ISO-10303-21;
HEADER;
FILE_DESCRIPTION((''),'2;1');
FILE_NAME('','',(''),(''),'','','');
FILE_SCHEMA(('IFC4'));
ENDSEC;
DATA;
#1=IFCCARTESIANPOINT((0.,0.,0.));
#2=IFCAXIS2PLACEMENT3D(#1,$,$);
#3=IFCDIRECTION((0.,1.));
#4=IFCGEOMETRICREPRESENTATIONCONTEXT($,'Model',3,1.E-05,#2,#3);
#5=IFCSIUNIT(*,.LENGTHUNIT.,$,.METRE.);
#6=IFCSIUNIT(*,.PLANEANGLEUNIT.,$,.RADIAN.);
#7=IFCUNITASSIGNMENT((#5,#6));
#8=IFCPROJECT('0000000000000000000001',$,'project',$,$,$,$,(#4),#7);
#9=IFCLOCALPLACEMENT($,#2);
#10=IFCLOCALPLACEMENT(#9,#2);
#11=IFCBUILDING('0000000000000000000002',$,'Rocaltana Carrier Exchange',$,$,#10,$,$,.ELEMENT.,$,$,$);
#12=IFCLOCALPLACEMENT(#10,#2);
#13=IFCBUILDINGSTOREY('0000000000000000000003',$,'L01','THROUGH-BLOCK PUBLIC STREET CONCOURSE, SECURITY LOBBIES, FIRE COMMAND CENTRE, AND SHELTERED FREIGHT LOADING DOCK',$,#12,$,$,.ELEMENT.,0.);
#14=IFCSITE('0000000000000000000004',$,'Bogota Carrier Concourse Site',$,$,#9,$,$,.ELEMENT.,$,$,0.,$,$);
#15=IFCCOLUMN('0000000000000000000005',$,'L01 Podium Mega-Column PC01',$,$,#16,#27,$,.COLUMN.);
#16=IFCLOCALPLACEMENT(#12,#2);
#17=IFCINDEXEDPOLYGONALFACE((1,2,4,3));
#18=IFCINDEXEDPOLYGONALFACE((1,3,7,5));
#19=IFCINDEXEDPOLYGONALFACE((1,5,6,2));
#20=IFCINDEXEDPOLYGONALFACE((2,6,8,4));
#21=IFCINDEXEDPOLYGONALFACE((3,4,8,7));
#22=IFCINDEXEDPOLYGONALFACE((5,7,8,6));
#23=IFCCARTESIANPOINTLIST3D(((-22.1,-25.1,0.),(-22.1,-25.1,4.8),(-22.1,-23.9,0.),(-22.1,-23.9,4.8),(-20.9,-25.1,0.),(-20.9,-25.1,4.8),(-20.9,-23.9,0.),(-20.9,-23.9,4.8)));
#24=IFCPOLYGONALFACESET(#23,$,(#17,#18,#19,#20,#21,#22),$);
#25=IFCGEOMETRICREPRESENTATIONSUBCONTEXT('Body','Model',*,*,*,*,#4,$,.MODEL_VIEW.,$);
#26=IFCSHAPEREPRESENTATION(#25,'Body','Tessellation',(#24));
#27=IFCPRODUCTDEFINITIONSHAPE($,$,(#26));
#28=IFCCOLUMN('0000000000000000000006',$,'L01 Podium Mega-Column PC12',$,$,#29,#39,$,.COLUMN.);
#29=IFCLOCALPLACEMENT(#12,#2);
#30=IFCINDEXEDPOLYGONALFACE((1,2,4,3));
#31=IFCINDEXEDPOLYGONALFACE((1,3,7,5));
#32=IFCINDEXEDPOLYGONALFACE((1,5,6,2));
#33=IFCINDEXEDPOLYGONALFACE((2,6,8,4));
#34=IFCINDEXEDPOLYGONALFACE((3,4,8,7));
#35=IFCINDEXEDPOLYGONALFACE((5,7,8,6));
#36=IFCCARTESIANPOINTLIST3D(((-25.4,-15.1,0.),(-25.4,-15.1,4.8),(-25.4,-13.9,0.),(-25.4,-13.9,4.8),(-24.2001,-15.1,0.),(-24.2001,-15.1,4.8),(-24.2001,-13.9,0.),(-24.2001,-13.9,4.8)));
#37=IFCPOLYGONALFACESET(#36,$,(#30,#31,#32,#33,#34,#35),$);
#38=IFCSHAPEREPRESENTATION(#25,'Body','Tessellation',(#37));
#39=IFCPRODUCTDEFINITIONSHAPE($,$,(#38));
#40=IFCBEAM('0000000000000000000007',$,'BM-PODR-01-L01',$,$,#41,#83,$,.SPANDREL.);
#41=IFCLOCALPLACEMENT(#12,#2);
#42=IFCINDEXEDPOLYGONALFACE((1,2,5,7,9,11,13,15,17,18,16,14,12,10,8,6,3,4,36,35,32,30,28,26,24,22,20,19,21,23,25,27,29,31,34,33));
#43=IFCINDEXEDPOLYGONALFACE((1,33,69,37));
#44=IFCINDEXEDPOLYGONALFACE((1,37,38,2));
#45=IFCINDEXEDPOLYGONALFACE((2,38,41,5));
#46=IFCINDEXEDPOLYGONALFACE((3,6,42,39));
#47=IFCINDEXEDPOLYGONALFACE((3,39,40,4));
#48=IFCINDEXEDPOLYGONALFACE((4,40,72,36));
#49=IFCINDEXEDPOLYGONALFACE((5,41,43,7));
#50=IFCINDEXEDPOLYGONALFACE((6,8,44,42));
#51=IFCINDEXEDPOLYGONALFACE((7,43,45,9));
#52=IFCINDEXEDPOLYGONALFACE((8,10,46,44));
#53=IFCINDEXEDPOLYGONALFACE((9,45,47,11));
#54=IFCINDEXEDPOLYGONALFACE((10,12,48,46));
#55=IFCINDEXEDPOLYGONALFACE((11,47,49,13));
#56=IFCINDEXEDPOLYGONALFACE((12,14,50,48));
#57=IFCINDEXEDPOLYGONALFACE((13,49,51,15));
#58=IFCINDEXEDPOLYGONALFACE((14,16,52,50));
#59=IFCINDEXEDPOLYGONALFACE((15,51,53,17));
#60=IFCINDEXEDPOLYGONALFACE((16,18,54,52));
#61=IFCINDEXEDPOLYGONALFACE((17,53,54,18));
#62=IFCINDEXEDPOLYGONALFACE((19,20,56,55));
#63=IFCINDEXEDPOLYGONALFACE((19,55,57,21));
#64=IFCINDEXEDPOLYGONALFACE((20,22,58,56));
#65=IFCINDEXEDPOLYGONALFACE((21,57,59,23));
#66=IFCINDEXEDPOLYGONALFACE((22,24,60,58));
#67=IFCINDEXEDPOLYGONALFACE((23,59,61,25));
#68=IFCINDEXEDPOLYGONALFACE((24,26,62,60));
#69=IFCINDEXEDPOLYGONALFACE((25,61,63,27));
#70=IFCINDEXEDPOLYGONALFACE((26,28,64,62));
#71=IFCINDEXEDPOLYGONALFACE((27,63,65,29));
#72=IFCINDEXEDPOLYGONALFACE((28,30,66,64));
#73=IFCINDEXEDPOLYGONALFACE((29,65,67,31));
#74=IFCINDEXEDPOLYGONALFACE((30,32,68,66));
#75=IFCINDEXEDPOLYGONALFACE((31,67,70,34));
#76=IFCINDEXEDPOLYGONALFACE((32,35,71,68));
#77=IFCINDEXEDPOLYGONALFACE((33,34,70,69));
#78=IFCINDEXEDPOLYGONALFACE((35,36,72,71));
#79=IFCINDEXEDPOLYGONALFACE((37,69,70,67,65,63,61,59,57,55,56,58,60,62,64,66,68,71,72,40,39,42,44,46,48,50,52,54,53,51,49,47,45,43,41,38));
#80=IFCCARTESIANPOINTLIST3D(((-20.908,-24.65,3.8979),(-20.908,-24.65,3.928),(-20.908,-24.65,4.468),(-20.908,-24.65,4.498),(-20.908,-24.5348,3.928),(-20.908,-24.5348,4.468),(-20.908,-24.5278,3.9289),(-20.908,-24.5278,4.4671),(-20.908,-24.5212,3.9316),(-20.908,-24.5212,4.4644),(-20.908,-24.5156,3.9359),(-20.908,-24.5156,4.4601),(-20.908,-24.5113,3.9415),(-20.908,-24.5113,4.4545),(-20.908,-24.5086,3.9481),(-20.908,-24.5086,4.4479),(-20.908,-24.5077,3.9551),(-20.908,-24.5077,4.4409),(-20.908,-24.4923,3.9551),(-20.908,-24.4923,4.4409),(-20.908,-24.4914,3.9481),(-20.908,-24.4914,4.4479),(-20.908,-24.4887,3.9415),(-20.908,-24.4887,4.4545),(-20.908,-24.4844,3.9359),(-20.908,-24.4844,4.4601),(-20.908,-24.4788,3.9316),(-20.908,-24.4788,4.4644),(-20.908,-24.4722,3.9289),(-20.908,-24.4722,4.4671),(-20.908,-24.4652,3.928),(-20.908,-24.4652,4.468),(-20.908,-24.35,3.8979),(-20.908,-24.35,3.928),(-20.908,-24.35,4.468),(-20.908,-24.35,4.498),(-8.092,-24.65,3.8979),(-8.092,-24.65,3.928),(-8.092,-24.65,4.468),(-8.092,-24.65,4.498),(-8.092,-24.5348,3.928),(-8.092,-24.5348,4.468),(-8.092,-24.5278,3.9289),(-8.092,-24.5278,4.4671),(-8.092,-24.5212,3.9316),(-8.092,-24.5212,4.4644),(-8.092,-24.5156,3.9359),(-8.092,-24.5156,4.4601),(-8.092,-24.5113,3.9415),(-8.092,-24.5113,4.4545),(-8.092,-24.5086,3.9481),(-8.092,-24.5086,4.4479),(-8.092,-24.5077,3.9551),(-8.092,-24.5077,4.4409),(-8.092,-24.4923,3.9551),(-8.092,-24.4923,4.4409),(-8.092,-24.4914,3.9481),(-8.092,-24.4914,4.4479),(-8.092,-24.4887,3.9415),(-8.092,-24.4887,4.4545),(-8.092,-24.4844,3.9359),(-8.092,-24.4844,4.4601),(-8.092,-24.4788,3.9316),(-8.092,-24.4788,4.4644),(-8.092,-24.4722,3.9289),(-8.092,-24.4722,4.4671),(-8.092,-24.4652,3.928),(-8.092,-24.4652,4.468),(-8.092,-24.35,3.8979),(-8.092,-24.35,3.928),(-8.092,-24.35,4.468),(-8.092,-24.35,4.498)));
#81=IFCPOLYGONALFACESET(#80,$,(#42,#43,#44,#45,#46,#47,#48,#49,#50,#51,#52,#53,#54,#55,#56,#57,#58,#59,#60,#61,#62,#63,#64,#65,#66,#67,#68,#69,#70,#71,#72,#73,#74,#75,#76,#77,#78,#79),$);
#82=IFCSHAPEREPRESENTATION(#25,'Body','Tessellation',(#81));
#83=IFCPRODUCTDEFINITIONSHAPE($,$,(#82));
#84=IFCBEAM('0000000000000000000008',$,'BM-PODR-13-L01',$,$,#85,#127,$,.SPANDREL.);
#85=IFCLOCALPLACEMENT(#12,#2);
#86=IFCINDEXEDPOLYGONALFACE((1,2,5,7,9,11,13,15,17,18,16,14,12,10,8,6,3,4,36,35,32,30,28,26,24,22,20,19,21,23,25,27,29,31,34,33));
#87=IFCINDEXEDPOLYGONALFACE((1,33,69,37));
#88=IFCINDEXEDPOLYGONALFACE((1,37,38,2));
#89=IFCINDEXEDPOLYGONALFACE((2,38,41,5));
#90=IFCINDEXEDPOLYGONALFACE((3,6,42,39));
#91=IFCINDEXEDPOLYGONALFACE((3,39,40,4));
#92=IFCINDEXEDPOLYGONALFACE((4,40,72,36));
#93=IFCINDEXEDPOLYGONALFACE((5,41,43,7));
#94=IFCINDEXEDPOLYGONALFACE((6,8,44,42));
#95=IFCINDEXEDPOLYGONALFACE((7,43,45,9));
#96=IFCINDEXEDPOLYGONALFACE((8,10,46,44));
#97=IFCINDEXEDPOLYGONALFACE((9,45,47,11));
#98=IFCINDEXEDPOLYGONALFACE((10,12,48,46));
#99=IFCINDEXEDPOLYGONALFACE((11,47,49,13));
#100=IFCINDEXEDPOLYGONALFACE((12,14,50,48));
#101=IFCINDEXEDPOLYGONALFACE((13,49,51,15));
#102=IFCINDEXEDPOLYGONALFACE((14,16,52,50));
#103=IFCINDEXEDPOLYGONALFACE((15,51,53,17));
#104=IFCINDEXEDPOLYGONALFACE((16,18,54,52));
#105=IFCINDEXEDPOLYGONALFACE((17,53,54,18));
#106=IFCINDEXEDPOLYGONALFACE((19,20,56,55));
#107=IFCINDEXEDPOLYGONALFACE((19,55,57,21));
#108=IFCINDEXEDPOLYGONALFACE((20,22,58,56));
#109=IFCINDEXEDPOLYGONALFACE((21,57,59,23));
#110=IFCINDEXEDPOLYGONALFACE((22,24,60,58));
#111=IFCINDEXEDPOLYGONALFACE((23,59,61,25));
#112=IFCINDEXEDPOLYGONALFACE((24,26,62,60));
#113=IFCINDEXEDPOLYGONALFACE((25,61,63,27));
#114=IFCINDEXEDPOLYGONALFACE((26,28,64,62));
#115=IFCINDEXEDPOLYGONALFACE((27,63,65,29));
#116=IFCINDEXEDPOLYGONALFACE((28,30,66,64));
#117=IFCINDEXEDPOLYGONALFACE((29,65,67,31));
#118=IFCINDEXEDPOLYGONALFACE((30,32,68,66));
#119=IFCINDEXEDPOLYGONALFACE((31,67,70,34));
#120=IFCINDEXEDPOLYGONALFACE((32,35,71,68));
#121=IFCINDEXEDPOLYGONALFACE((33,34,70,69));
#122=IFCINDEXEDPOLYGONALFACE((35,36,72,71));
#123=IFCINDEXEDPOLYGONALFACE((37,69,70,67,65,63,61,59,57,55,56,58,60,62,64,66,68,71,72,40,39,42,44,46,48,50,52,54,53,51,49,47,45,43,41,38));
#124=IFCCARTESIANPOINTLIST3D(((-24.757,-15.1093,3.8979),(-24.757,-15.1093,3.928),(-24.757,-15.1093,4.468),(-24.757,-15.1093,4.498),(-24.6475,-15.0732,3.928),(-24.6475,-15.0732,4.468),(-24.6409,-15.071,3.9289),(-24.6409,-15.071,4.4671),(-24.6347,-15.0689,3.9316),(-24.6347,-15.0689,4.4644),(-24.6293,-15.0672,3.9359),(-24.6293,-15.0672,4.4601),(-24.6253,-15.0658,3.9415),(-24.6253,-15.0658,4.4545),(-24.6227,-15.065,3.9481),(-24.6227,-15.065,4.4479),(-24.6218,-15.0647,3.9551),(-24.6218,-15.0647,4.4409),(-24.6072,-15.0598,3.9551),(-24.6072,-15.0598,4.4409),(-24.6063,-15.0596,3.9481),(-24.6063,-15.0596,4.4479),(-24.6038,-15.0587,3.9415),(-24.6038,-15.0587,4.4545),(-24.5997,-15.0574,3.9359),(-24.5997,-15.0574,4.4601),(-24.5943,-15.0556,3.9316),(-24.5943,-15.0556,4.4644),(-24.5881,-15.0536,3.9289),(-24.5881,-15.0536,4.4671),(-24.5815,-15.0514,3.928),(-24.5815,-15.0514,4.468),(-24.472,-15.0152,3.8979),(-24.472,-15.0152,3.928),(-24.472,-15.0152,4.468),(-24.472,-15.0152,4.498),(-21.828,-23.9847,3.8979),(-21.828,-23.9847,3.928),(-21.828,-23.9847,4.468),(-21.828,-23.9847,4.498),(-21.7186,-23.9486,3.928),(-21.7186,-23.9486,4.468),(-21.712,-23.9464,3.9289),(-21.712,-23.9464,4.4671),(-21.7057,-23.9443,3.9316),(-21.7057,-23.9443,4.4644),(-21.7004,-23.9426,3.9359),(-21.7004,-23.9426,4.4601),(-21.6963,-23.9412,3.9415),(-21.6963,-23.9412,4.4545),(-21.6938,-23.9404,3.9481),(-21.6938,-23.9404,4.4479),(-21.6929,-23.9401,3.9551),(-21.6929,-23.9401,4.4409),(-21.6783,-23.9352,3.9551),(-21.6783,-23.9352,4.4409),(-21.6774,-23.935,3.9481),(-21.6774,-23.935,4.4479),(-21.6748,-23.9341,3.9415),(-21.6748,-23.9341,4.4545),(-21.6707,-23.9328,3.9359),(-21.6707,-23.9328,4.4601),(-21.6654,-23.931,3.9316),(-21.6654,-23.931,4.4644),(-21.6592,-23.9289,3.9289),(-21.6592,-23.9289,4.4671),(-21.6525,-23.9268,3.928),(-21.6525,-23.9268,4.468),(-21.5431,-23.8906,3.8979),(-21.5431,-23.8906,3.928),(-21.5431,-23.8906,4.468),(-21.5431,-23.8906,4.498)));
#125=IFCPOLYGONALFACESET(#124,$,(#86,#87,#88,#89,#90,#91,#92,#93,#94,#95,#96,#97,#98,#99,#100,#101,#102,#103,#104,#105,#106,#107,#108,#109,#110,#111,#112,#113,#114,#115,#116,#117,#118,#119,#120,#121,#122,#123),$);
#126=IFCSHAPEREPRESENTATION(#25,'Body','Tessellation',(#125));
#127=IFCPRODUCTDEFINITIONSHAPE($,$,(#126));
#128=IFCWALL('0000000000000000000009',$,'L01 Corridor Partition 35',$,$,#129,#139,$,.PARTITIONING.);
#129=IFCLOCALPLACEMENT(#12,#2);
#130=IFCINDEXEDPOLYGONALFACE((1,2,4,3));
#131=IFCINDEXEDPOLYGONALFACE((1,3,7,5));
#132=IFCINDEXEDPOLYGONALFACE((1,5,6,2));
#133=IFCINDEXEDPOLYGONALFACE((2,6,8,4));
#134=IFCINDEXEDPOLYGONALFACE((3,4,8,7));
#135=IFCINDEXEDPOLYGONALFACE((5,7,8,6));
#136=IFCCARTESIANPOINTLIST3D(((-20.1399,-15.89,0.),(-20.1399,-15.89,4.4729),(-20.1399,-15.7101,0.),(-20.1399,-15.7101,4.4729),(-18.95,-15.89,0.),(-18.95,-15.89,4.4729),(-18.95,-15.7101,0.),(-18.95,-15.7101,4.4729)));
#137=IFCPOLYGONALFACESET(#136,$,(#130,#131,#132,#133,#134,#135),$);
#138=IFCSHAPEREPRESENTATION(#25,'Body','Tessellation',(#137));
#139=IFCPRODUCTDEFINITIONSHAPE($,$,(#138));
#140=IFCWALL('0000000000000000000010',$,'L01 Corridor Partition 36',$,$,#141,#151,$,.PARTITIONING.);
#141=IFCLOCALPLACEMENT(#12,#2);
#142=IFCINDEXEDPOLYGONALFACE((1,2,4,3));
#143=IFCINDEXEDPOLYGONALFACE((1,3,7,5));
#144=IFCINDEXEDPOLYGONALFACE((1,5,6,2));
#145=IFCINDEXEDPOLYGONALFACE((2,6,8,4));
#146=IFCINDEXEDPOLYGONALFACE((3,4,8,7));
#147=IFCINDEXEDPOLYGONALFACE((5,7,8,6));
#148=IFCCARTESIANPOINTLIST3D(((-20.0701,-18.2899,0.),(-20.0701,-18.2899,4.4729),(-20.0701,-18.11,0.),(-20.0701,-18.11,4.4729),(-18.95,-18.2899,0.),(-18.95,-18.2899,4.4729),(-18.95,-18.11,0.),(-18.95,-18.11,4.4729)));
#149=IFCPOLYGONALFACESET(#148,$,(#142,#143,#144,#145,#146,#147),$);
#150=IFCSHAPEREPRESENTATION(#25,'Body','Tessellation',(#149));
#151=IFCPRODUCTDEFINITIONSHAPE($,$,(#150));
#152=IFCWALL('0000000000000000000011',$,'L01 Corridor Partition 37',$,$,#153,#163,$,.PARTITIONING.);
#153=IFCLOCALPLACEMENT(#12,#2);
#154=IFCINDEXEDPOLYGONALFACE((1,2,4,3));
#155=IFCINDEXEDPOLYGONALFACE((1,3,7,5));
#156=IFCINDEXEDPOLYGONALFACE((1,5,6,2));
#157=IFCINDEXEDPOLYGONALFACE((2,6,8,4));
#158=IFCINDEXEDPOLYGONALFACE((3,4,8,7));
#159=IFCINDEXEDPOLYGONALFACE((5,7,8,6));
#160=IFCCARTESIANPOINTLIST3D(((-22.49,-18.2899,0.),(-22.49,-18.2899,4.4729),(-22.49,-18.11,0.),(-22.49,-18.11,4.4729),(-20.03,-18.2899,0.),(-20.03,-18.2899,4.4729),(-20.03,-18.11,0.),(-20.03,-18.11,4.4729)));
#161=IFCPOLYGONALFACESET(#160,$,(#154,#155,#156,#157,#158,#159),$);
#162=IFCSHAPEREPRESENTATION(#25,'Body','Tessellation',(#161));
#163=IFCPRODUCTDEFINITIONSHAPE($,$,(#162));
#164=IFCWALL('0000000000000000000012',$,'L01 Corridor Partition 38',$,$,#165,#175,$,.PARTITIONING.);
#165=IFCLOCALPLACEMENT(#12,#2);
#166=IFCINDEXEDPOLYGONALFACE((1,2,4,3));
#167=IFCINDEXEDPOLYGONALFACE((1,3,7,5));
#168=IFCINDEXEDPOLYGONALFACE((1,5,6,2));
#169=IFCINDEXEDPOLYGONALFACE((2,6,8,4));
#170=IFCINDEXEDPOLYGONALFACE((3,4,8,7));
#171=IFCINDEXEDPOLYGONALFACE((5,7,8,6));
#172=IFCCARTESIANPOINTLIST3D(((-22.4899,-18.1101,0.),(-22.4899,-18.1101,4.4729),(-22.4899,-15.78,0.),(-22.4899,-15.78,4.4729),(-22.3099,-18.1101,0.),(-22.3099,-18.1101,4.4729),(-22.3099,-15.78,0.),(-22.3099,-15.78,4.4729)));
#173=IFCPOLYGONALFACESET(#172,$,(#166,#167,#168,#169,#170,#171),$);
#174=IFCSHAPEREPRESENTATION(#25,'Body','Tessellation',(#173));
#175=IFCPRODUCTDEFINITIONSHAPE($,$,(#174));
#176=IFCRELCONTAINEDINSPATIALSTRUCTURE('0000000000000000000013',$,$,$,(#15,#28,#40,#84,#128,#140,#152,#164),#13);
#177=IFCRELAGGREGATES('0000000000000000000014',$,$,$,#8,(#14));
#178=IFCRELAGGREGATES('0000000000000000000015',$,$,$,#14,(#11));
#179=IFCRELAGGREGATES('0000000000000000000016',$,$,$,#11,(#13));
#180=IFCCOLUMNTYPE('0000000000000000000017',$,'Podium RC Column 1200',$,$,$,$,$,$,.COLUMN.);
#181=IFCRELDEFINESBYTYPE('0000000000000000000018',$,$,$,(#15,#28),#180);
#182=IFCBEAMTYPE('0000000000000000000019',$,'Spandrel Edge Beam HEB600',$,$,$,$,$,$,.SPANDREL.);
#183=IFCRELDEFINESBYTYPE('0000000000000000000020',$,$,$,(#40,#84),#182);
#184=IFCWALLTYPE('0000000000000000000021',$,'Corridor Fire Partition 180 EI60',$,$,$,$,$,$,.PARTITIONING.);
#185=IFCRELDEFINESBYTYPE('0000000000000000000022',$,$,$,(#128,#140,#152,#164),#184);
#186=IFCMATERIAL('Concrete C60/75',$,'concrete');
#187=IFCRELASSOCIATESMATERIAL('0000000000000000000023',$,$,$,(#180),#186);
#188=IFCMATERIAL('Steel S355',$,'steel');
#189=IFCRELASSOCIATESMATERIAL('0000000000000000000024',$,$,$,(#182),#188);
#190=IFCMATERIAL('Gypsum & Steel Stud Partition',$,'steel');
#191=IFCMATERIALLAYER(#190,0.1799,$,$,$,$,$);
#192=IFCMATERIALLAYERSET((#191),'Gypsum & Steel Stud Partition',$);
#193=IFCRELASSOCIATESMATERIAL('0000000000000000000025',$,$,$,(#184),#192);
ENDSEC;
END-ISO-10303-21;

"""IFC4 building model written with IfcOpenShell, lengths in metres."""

from ifc_helpers import new_model, si_unit, direction, frame, frame_2d, origin, origin_2d, place, context, subcontext, project, spatial, rectangle, i_section, extrude, material, layer, layer_set, material_profile, profile_set, type_object, element, save


model = new_model("IFC4")

# Units and contexts
model_context = context("Model", 3, precision=1e-05, world=origin(), true_north=direction((0.0, 1.0)))
body_context = subcontext(model_context, "Body", "Model", "MODEL_VIEW")
ifc_project = project(units=[si_unit("LENGTHUNIT", "METRE"), si_unit("PLANEANGLEUNIT", "RADIAN")], contexts=[model_context])

# Site, building, storey
site_placement = place(None, origin())
site = spatial("IfcSite", under=ifc_project, at=site_placement, Name="Bogota Carrier Concourse Site", CompositionType="ELEMENT", RefElevation=0.0)
building_placement = place(site_placement, origin())
building = spatial("IfcBuilding", under=site, at=building_placement, Name="Rocaltana Carrier Exchange", CompositionType="ELEMENT")
storey_placement = place(building_placement, origin())
storey = spatial("IfcBuildingStorey", under=building, at=storey_placement, Name="L01", Description="THROUGH-BLOCK PUBLIC STREET CONCOURSE, SECURITY LOBBIES, FIRE COMMAND CENTRE, AND SHELTERED FREIGHT LOADING DOCK", CompositionType="ELEMENT", Elevation=0.0)

# Columns
ifc_material_1 = material(Name="Concrete C60/75", Category="concrete")
ifc_material_profile_1 = material_profile(ifc_material_1, rectangle(XDim=1.2, YDim=1.2, at=origin_2d()), Name="RC-COL-1200X1200")
ifc_profile_set_1 = profile_set([ifc_material_profile_1], Name="Concrete C60/75")
column_type = type_object("IfcColumnType", Name="Podium RC Column 1200", PredefinedType="COLUMN", material=ifc_profile_set_1)
for number, where, z_axis, x_axis, name in (
    (1, (-21.5, -24.5, 0.0), (0.0, 0.0, 1.0), (1.0, 0.0, 0.0), "L01 Podium Mega-Column PC01"),
    (2, (-24.8, -14.5, 0.0), (0.0, 0.0, 1.0), (1.0, 0.0, 0.0), "L01 Podium Mega-Column PC12"),
):
    element("IfcColumn", number, at=place(storey_placement, frame(where, z_axis=z_axis, x_axis=x_axis)), inside=storey, type_object=column_type, Name=name, PredefinedType="COLUMN", context=body_context, shape_type="SweptSolid", body=[
        extrude(rectangle(XDim=1.2, YDim=1.2, at=origin_2d()), origin(), (0.0, 0.0, 1.0), 4.8),
    ])

# Beams
ifc_material_2 = material(Name="Steel S355", Category="steel")
ifc_material_profile_2 = material_profile(ifc_material_2, i_section(OverallWidth=0.3, OverallDepth=0.6001, WebThickness=0.0154, FlangeThickness=0.03, FilletRadius=0.0271, at=origin_2d()), Name="HEB600")
ifc_profile_set_2 = profile_set([ifc_material_profile_2], Name="Steel S355")
beam_type = type_object("IfcBeamType", Name="Spandrel Edge Beam HEB600", PredefinedType="SPANDREL", material=ifc_profile_set_2)
beam_1_placement = place(storey_placement, frame((-20.908, -24.5, 4.198), z_axis=(1.0, 0.0, 0.0), x_axis=(0.0, 1.0, 0.0)))
element("IfcBeam", 3, at=beam_1_placement, inside=storey, type_object=beam_type, Name="BM-PODR-01-L01", PredefinedType="SPANDREL", context=body_context, shape_type="SweptSolid", body=[
    extrude(i_section(OverallWidth=0.3, OverallDepth=0.6001, WebThickness=0.0154, FlangeThickness=0.03, FilletRadius=0.0271, at=origin_2d()), origin(), (0.0, 0.0, 1.0), 12.8159),
])
beam_2_placement = place(storey_placement, frame((-24.6145, -15.0623, 4.198), z_axis=(0.313382, -0.949627, 0.0), x_axis=(0.949627, 0.313382, 0.0)))
element("IfcBeam", 4, at=beam_2_placement, inside=storey, type_object=beam_type, Name="BM-PODR-13-L01", PredefinedType="SPANDREL", context=body_context, shape_type="SweptSolid", body=[
    extrude(i_section(OverallWidth=0.3, OverallDepth=0.6001, WebThickness=0.0154, FlangeThickness=0.03, FilletRadius=0.0271, at=origin_2d()), origin(), (0.0, 0.0, 1.0), 9.3462),
])

# Walls
ifc_material_3 = material(Name="Gypsum & Steel Stud Partition", Category="steel")
ifc_layer_1 = layer(ifc_material_3, 0.1799)
ifc_layer_set_1 = layer_set([ifc_layer_1], Name="Gypsum & Steel Stud Partition")
wall_type_1 = type_object("IfcWallType", Name="Corridor Fire Partition 180 EI60", PredefinedType="PARTITIONING", material=ifc_layer_set_1)
wall_1_placement = place(storey_placement, frame((-20.1399, -15.8, 0.0), z_axis=(0.0, 0.0, 1.0), x_axis=(1.0, 0.0, 0.0)))
element("IfcWall", 5, at=wall_1_placement, inside=storey, type_object=wall_type_1, Name="L01 Corridor Partition 35", PredefinedType="PARTITIONING", context=body_context, shape_type="SweptSolid", body=[
    extrude(rectangle(XDim=1.1899, YDim=0.1799, at=frame_2d((0.595, 0.0))), origin(), (0.0, 0.0, 1.0), 4.4729),
])
wall_2_placement = place(storey_placement, frame((-18.95, -18.2, 0.0), z_axis=(0.0, 0.0, 1.0), x_axis=(-1.0, 0.0, 0.0)))
element("IfcWall", 6, at=wall_2_placement, inside=storey, type_object=wall_type_1, Name="L01 Corridor Partition 36", PredefinedType="PARTITIONING", context=body_context, shape_type="SweptSolid", body=[
    extrude(rectangle(XDim=1.1201, YDim=0.1799, at=frame_2d((0.5601, 0.0))), origin(), (0.0, 0.0, 1.0), 4.4729),
])
wall_3_placement = place(storey_placement, frame((-20.03, -18.2, 0.0), z_axis=(0.0, 0.0, 1.0), x_axis=(-1.0, 0.0, 0.0)))
element("IfcWall", 7, at=wall_3_placement, inside=storey, type_object=wall_type_1, Name="L01 Corridor Partition 37", PredefinedType="PARTITIONING", context=body_context, shape_type="SweptSolid", body=[
    extrude(rectangle(XDim=2.46, YDim=0.1799, at=frame_2d((1.23, 0.0))), origin(), (0.0, 0.0, 1.0), 4.4729),
])
wall_4_placement = place(storey_placement, frame((-22.3999, -18.1101, 0.0), z_axis=(0.0, 0.0, 1.0), x_axis=(0.0, 1.0, 0.0)))
element("IfcWall", 8, at=wall_4_placement, inside=storey, type_object=wall_type_1, Name="L01 Corridor Partition 38", PredefinedType="PARTITIONING", context=body_context, shape_type="SweptSolid", body=[
    extrude(rectangle(XDim=2.3301, YDim=0.1799, at=frame_2d((1.165, 0.0))), origin(), (0.0, 0.0, 1.0), 4.4729),
])

save(model, "model.ifc")
